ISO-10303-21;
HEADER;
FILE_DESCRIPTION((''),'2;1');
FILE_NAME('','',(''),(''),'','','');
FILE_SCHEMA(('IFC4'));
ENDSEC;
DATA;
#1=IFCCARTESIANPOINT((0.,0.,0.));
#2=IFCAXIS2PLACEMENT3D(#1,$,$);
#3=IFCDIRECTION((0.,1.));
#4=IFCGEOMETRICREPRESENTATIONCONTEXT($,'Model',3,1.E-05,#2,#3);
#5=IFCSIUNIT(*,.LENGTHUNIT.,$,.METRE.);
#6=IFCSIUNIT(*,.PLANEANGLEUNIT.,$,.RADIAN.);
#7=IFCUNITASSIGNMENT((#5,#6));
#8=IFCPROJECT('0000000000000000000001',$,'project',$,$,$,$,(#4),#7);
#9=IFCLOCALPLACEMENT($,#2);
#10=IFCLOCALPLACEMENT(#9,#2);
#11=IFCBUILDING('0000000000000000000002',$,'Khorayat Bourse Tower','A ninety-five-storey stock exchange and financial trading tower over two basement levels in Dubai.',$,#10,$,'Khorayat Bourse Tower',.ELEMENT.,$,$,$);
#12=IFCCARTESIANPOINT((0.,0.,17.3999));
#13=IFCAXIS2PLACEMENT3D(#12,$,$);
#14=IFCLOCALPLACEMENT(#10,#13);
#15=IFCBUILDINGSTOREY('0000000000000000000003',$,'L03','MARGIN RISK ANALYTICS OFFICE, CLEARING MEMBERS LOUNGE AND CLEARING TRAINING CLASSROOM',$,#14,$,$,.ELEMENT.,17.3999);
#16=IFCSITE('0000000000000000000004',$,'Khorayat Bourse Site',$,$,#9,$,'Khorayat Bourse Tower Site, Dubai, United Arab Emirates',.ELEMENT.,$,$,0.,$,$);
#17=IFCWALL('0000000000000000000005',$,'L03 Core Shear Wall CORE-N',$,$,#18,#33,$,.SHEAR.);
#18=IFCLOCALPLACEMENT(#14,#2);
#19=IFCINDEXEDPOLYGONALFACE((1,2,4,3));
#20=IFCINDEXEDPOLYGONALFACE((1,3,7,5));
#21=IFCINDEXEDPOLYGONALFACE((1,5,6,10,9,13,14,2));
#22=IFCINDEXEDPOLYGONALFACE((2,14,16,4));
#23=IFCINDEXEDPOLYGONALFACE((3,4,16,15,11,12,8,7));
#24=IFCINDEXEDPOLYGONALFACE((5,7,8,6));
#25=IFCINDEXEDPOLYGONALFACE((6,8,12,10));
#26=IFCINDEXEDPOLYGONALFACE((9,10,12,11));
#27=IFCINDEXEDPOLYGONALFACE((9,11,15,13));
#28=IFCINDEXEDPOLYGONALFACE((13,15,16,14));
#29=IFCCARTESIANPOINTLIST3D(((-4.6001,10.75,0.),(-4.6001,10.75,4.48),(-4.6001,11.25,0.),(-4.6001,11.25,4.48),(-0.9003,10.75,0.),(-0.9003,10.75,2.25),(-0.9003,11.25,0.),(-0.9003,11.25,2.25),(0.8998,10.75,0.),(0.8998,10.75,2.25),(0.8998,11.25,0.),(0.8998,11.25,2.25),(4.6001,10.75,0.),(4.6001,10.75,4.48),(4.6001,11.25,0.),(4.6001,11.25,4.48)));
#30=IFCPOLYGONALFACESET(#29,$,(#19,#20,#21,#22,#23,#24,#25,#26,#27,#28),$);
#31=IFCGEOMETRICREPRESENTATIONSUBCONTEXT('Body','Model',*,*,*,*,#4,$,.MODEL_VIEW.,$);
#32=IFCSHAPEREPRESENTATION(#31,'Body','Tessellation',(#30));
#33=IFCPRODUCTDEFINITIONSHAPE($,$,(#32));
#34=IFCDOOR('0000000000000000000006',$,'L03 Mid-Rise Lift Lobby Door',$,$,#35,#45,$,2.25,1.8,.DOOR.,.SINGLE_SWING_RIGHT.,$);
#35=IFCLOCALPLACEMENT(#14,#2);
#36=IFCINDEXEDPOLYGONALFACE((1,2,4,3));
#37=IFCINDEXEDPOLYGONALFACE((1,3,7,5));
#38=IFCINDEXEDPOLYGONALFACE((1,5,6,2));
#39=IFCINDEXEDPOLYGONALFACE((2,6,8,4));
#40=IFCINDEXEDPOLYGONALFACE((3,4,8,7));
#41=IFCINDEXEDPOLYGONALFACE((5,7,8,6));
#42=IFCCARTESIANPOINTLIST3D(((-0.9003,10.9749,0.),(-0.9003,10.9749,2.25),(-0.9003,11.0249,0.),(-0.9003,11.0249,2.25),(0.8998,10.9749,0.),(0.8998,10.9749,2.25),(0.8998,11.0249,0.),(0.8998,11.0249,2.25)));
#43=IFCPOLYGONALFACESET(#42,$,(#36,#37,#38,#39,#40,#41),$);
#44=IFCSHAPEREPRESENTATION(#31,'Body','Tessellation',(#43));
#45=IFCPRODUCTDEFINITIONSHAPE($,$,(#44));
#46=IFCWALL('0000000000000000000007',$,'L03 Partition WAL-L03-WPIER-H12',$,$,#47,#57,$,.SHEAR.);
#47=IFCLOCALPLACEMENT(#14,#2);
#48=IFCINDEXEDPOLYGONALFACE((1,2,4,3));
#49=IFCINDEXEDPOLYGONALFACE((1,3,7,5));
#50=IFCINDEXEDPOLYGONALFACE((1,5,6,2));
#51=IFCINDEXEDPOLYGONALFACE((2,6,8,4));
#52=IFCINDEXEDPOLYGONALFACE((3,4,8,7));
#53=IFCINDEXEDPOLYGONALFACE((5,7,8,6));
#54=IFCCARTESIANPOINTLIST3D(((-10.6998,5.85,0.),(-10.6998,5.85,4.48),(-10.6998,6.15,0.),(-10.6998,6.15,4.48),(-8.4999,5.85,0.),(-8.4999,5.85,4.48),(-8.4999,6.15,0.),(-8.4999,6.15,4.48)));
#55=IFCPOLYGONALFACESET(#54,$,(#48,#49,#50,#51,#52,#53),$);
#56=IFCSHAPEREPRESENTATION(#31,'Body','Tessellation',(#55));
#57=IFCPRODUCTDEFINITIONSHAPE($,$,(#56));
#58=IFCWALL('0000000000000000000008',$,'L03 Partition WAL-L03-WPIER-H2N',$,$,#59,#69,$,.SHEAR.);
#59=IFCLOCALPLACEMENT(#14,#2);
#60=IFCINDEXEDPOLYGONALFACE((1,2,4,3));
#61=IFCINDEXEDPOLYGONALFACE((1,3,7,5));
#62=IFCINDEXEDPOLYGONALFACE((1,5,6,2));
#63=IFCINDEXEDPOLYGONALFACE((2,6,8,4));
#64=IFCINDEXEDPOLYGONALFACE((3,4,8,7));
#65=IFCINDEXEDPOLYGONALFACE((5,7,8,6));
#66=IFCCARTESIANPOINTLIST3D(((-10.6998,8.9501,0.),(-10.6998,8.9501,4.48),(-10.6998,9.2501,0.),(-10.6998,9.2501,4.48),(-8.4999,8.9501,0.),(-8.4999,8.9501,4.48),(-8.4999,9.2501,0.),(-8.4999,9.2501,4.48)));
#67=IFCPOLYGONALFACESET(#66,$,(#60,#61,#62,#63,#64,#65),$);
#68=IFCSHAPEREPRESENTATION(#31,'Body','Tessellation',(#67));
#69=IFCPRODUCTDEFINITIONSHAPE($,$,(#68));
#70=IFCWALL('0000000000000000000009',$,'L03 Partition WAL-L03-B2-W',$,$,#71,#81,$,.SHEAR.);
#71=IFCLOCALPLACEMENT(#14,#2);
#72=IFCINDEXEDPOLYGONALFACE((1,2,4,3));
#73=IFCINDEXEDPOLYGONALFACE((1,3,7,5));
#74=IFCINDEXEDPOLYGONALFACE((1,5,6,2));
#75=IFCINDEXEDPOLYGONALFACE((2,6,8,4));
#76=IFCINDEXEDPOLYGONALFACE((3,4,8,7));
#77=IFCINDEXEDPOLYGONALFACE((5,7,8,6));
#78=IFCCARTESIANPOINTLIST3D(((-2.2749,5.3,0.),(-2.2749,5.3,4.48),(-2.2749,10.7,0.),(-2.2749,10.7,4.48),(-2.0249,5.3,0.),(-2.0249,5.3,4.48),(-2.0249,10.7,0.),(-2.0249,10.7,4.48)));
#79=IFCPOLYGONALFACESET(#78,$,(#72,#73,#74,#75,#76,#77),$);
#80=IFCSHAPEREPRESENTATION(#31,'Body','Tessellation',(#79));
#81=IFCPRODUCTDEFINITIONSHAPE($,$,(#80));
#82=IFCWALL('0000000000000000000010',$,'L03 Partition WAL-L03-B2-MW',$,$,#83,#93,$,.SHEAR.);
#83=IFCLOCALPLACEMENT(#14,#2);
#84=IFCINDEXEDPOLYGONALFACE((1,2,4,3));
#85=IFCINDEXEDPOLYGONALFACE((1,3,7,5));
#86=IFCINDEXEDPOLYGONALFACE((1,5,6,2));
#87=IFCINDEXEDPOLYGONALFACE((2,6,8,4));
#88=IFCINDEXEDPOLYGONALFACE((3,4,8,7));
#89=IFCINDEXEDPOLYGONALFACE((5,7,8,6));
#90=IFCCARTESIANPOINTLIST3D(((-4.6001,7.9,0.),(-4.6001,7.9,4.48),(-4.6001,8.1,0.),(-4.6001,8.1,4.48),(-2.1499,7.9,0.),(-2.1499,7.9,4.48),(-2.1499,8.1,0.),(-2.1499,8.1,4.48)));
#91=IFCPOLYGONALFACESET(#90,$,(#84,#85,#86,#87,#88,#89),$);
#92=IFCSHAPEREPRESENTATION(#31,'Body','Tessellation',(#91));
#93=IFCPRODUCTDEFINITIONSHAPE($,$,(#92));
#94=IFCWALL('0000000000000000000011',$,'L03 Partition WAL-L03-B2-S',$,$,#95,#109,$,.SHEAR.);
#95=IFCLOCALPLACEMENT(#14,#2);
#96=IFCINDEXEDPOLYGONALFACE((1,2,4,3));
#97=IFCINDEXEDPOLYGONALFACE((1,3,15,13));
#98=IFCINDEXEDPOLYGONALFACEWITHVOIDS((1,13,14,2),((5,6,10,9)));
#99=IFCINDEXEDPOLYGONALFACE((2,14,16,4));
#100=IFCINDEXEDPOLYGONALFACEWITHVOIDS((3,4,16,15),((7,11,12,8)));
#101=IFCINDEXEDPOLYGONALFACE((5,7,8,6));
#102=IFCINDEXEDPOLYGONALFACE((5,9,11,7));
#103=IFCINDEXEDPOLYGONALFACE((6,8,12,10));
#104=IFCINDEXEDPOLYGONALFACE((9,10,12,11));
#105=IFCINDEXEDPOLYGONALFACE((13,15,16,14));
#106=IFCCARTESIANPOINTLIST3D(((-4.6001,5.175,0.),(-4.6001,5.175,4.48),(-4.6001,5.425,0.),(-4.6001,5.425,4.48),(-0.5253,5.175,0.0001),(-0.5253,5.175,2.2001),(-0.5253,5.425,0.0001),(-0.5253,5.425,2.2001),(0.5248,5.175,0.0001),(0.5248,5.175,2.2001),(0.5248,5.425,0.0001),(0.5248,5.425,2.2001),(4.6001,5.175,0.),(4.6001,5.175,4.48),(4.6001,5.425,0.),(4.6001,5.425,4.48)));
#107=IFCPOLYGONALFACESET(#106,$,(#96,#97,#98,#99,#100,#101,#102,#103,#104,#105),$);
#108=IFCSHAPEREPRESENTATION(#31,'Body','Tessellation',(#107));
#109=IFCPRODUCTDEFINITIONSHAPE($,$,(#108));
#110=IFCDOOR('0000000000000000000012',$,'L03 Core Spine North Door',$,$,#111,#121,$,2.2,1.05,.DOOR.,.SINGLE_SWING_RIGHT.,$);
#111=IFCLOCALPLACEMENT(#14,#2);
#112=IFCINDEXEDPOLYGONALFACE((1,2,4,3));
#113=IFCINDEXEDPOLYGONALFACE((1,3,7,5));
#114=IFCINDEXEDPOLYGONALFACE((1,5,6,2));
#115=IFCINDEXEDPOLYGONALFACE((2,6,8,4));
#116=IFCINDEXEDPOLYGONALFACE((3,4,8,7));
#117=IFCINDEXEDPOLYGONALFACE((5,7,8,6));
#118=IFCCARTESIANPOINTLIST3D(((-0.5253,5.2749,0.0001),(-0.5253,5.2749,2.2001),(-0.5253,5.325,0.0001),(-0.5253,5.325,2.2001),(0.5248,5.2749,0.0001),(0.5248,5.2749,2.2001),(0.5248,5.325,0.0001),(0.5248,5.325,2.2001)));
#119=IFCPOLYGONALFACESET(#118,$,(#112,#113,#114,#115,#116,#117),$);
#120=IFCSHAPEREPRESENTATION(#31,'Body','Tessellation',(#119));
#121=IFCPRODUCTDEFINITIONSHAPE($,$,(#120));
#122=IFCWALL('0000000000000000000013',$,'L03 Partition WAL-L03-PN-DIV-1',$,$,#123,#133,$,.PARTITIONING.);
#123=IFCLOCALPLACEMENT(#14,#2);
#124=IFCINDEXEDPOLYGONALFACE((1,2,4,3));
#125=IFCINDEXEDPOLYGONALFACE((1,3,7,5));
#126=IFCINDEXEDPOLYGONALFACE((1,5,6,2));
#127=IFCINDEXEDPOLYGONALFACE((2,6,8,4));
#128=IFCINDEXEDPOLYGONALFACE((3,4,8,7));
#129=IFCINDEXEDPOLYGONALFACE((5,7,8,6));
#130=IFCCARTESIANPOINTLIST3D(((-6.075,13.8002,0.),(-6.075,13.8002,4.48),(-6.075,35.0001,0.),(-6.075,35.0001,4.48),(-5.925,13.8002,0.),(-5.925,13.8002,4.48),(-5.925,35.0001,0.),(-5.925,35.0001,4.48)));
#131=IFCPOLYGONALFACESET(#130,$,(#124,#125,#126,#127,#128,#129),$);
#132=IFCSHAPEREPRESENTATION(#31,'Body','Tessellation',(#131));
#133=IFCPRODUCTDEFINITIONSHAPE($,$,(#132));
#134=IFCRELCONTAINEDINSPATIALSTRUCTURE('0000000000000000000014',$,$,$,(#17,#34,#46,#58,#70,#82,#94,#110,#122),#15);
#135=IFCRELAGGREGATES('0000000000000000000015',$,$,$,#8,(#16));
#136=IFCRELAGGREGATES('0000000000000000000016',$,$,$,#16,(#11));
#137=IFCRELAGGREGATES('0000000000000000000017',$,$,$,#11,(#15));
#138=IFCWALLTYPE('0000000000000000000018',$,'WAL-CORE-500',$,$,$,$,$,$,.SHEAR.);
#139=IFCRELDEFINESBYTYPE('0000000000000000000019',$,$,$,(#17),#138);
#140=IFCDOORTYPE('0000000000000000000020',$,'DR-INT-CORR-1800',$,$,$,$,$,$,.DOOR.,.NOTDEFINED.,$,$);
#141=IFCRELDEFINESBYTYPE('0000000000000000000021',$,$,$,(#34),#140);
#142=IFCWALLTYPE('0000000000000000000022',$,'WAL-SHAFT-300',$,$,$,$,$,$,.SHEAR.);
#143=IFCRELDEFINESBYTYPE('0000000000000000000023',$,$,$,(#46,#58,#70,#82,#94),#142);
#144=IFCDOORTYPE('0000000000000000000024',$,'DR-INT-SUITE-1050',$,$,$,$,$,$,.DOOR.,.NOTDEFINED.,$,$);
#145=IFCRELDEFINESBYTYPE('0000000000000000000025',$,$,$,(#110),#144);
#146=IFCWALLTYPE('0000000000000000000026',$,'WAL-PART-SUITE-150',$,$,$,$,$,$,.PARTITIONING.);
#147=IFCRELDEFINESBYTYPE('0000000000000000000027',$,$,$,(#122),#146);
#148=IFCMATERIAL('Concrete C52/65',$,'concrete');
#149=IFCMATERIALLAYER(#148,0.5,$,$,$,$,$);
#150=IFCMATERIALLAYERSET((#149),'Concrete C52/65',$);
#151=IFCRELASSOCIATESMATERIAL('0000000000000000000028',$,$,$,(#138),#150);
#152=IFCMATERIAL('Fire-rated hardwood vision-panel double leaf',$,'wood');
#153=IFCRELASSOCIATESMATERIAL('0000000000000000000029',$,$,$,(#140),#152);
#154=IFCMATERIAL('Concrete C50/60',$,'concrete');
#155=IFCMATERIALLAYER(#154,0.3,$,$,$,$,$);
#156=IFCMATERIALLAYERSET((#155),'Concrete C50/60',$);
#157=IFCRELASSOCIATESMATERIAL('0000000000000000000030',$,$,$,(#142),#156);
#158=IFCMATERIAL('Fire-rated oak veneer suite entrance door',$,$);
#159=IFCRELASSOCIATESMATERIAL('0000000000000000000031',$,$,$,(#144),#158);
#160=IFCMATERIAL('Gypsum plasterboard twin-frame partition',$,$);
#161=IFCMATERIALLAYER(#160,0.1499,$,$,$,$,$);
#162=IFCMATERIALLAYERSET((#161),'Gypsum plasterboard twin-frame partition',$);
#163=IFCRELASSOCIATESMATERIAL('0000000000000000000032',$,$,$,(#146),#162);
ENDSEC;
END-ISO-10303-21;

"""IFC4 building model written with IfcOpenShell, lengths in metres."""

from ifc_helpers import new_model, si_unit, direction, frame, frame_2d, origin, place, context, subcontext, project, spatial, rectangle, extrude, source, transform, mapped, material, layer, layer_set, type_object, element, fill, save


model = new_model("IFC4")

# Units and contexts
model_context = context("Model", 3, precision=1e-05, world=origin(), true_north=direction((0.0, 1.0)))
body_context = subcontext(model_context, "Body", "Model", "MODEL_VIEW")
ifc_project = project(units=[si_unit("LENGTHUNIT", "METRE"), si_unit("PLANEANGLEUNIT", "RADIAN")], contexts=[model_context])

# Site, building, storey
site_placement = place(None, origin())
site = spatial("IfcSite", under=ifc_project, at=site_placement, Name="Khorayat Bourse Site", LongName="Khorayat Bourse Tower Site, Dubai, United Arab Emirates", CompositionType="ELEMENT", RefElevation=0.0)
building_placement = place(site_placement, origin())
building = spatial("IfcBuilding", under=site, at=building_placement, Name="Khorayat Bourse Tower", Description="A ninety-five-storey stock exchange and financial trading tower over two basement levels in Dubai.", LongName="Khorayat Bourse Tower", CompositionType="ELEMENT")
storey_placement = place(building_placement, frame((0.0, 0.0, 17.3999)))
storey = spatial("IfcBuildingStorey", under=building, at=storey_placement, Name="L03", Description="MARGIN RISK ANALYTICS OFFICE, CLEARING MEMBERS LOUNGE AND CLEARING TRAINING CLASSROOM", CompositionType="ELEMENT", Elevation=17.3999)

# Wall, opening, door
ifc_material_1 = material(Name="Concrete C52/65", Category="concrete")
ifc_layer_1 = layer(ifc_material_1, 0.5)
ifc_layer_set_1 = layer_set([ifc_layer_1], Name="Concrete C52/65")
wall_type_1 = type_object("IfcWallType", Name="WAL-CORE-500", PredefinedType="SHEAR", material=ifc_layer_set_1)
shared_shape_1 = source(origin(), body_context, "Body", "SweptSolid", [
    extrude(rectangle(XDim=9.2002, YDim=0.5, at=frame_2d((4.6001, 0.0))), origin(), (0.0, 0.0, 1.0), 4.48),
])
wall_1_placement = place(storey_placement, frame((-4.6001, 11.0, 0.0), z_axis=(0.0, 0.0, 1.0), x_axis=(1.0, 0.0, 0.0)))
wall_1 = element("IfcWall", 1, at=wall_1_placement, inside=storey, type_object=wall_type_1, Name="L03 Core Shear Wall CORE-N", PredefinedType="SHEAR", context=body_context, shape_type="MappedRepresentation", body=[
    mapped(shared_shape_1, transform((0.0, 0.0, 0.0), scale=1.0)),
])
shared_shape_2 = source(origin(), body_context, "Body", "SweptSolid", [
    extrude(rectangle(XDim=1.8, YDim=2.25, at=frame_2d((0.8999, 1.125))), frame((0.0, 0.26, 0.0), z_axis=(0.0, -1.0, 0.0), x_axis=(1.0, 0.0, 0.0)), (0.0, 0.0, 1.0), 0.52),
])
opening_1_placement = place(wall_1_placement, frame((3.7, 0.0, 0.0)))
opening_1 = element("IfcOpeningElement", 2, at=opening_1_placement, cuts=wall_1, PredefinedType="OPENING", context=body_context, shape_type="MappedRepresentation", body=[
    mapped(shared_shape_2, transform((0.0, 0.0, 0.0), scale=1.0)),
])
ifc_material_2 = material(Name="Fire-rated hardwood vision-panel double leaf", Category="wood")
door_type_1 = type_object("IfcDoorType", Name="DR-INT-CORR-1800", OperationType="NOTDEFINED", PredefinedType="DOOR", material=ifc_material_2)
shared_shape_3 = source(origin(), body_context, "Body", "SweptSolid", [
    extrude(rectangle(XDim=1.8, YDim=2.25, at=frame_2d((0.8999, 1.125))), frame((0.0, 0.0249, 0.0), z_axis=(0.0, -1.0, 0.0), x_axis=(1.0, 0.0, 0.0)), (0.0, 0.0, 1.0), 0.05),
])
door_1_placement = place(opening_1_placement, origin())
door_1 = element("IfcDoor", 3, at=door_1_placement, inside=storey, type_object=door_type_1, Name="L03 Mid-Rise Lift Lobby Door", OperationType="SINGLE_SWING_RIGHT", OverallHeight=2.25, OverallWidth=1.8, PredefinedType="DOOR", context=body_context, shape_type="MappedRepresentation", body=[
    mapped(shared_shape_3, transform((0.0, 0.0, 0.0), scale=1.0)),
])
fill(opening_1, door_1)

# Walls
ifc_material_3 = material(Name="Concrete C50/60", Category="concrete")
ifc_layer_2 = layer(ifc_material_3, 0.3)
ifc_layer_set_2 = layer_set([ifc_layer_2], Name="Concrete C50/60")
wall_type_2 = type_object("IfcWallType", Name="WAL-SHAFT-300", PredefinedType="SHEAR", material=ifc_layer_set_2)
shared_shape_4 = source(origin(), body_context, "Body", "SweptSolid", [
    extrude(rectangle(XDim=2.2, YDim=0.3, at=frame_2d((1.1001, 0.0))), origin(), (0.0, 0.0, 1.0), 4.48),
])
for number, where, z_axis, x_axis, name in (
    (4, (-10.7, 6.0, 0.0), (0.0, 0.0, 1.0), (1.0, 0.0, 0.0), "L03 Partition WAL-L03-WPIER-H12"),
    (5, (-10.7, 9.1001, 0.0), (0.0, 0.0, 1.0), (1.0, 0.0, 0.0), "L03 Partition WAL-L03-WPIER-H2N"),
):
    element("IfcWall", number, at=place(storey_placement, frame(where, z_axis=z_axis, x_axis=x_axis)), inside=storey, type_object=wall_type_2, Name=name, PredefinedType="SHEAR", context=body_context, shape_type="MappedRepresentation", body=[
        mapped(shared_shape_4, transform((0.0, 0.0, 0.0), scale=1.0)),
    ])
shared_shape_5 = source(origin(), body_context, "Body", "SweptSolid", [
    extrude(rectangle(XDim=5.3999, YDim=0.25, at=frame_2d((2.7, 0.0))), origin(), (0.0, 0.0, 1.0), 4.48),
])
wall_2_placement = place(storey_placement, frame((-2.1499, 5.3, 0.0), z_axis=(0.0, 0.0, 1.0), x_axis=(0.0, 1.0, 0.0)))
element("IfcWall", 6, at=wall_2_placement, inside=storey, type_object=wall_type_2, Name="L03 Partition WAL-L03-B2-W", PredefinedType="SHEAR", context=body_context, shape_type="MappedRepresentation", body=[
    mapped(shared_shape_5, transform((0.0, 0.0, 0.0), scale=1.0)),
])
shared_shape_6 = source(origin(), body_context, "Body", "SweptSolid", [
    extrude(rectangle(XDim=2.4502, YDim=0.2, at=frame_2d((1.2251, 0.0))), origin(), (0.0, 0.0, 1.0), 4.48),
])
wall_3_placement = place(storey_placement, frame((-4.6001, 8.0, 0.0), z_axis=(0.0, 0.0, 1.0), x_axis=(1.0, 0.0, 0.0)))
element("IfcWall", 7, at=wall_3_placement, inside=storey, type_object=wall_type_2, Name="L03 Partition WAL-L03-B2-MW", PredefinedType="SHEAR", context=body_context, shape_type="MappedRepresentation", body=[
    mapped(shared_shape_6, transform((0.0, 0.0, 0.0), scale=1.0)),
])

# Wall, opening, door
shared_shape_7 = source(origin(), body_context, "Body", "SweptSolid", [
    extrude(rectangle(XDim=9.2002, YDim=0.25, at=frame_2d((4.6001, 0.0))), origin(), (0.0, 0.0, 1.0), 4.48),
])
wall_4_placement = place(storey_placement, frame((-4.6001, 5.3, 0.0), z_axis=(0.0, 0.0, 1.0), x_axis=(1.0, 0.0, 0.0)))
wall_4 = element("IfcWall", 8, at=wall_4_placement, inside=storey, type_object=wall_type_2, Name="L03 Partition WAL-L03-B2-S", PredefinedType="SHEAR", context=body_context, shape_type="MappedRepresentation", body=[
    mapped(shared_shape_7, transform((0.0, 0.0, 0.0), scale=1.0)),
])
shared_shape_8 = source(origin(), body_context, "Body", "SweptSolid", [
    extrude(rectangle(XDim=1.05, YDim=2.2, at=frame_2d((0.5249, 1.1001))), frame((0.0, 0.135, 0.0), z_axis=(0.0, -1.0, 0.0), x_axis=(1.0, 0.0, 0.0)), (0.0, 0.0, 1.0), 0.27),
])
opening_2_placement = place(wall_4_placement, frame((4.075, 0.0, 0.0)))
opening_2 = element("IfcOpeningElement", 9, at=opening_2_placement, cuts=wall_4, PredefinedType="OPENING", context=body_context, shape_type="MappedRepresentation", body=[
    mapped(shared_shape_8, transform((0.0, 0.0, 0.0), scale=1.0)),
])
ifc_material_4 = material(Name="Fire-rated oak veneer suite entrance door")
door_type_2 = type_object("IfcDoorType", Name="DR-INT-SUITE-1050", OperationType="NOTDEFINED", PredefinedType="DOOR", material=ifc_material_4)
shared_shape_9 = source(origin(), body_context, "Body", "SweptSolid", [
    extrude(rectangle(XDim=1.05, YDim=2.2, at=frame_2d((0.5249, 1.1001))), frame((0.0, 0.0249, 0.0), z_axis=(0.0, -1.0, 0.0), x_axis=(1.0, 0.0, 0.0)), (0.0, 0.0, 1.0), 0.05),
])
door_2_placement = place(opening_2_placement, origin())
door_2 = element("IfcDoor", 10, at=door_2_placement, inside=storey, type_object=door_type_2, Name="L03 Core Spine North Door", OperationType="SINGLE_SWING_RIGHT", OverallHeight=2.2, OverallWidth=1.05, PredefinedType="DOOR", context=body_context, shape_type="MappedRepresentation", body=[
    mapped(shared_shape_9, transform((0.0, 0.0, 0.0), scale=1.0)),
])
fill(opening_2, door_2)

# Wall
ifc_material_5 = material(Name="Gypsum plasterboard twin-frame partition")
ifc_layer_3 = layer(ifc_material_5, 0.1499)
ifc_layer_set_3 = layer_set([ifc_layer_3], Name="Gypsum plasterboard twin-frame partition")
wall_type_3 = type_object("IfcWallType", Name="WAL-PART-SUITE-150", PredefinedType="PARTITIONING", material=ifc_layer_set_3)
shared_shape_10 = source(origin(), body_context, "Body", "SweptSolid", [
    extrude(rectangle(XDim=21.2, YDim=0.1499, at=frame_2d((10.6001, 0.0))), origin(), (0.0, 0.0, 1.0), 4.48),
])
wall_5_placement = place(storey_placement, frame((-6.0, 13.8, 0.0), z_axis=(0.0, 0.0, 1.0), x_axis=(0.0, 1.0, 0.0)))
element("IfcWall", 11, at=wall_5_placement, inside=storey, type_object=wall_type_3, Name="L03 Partition WAL-L03-PN-DIV-1", PredefinedType="PARTITIONING", context=body_context, shape_type="MappedRepresentation", body=[
    mapped(shared_shape_10, transform((0.0, 0.0, 0.0), scale=1.0)),
])

save(model, "model.ifc")
